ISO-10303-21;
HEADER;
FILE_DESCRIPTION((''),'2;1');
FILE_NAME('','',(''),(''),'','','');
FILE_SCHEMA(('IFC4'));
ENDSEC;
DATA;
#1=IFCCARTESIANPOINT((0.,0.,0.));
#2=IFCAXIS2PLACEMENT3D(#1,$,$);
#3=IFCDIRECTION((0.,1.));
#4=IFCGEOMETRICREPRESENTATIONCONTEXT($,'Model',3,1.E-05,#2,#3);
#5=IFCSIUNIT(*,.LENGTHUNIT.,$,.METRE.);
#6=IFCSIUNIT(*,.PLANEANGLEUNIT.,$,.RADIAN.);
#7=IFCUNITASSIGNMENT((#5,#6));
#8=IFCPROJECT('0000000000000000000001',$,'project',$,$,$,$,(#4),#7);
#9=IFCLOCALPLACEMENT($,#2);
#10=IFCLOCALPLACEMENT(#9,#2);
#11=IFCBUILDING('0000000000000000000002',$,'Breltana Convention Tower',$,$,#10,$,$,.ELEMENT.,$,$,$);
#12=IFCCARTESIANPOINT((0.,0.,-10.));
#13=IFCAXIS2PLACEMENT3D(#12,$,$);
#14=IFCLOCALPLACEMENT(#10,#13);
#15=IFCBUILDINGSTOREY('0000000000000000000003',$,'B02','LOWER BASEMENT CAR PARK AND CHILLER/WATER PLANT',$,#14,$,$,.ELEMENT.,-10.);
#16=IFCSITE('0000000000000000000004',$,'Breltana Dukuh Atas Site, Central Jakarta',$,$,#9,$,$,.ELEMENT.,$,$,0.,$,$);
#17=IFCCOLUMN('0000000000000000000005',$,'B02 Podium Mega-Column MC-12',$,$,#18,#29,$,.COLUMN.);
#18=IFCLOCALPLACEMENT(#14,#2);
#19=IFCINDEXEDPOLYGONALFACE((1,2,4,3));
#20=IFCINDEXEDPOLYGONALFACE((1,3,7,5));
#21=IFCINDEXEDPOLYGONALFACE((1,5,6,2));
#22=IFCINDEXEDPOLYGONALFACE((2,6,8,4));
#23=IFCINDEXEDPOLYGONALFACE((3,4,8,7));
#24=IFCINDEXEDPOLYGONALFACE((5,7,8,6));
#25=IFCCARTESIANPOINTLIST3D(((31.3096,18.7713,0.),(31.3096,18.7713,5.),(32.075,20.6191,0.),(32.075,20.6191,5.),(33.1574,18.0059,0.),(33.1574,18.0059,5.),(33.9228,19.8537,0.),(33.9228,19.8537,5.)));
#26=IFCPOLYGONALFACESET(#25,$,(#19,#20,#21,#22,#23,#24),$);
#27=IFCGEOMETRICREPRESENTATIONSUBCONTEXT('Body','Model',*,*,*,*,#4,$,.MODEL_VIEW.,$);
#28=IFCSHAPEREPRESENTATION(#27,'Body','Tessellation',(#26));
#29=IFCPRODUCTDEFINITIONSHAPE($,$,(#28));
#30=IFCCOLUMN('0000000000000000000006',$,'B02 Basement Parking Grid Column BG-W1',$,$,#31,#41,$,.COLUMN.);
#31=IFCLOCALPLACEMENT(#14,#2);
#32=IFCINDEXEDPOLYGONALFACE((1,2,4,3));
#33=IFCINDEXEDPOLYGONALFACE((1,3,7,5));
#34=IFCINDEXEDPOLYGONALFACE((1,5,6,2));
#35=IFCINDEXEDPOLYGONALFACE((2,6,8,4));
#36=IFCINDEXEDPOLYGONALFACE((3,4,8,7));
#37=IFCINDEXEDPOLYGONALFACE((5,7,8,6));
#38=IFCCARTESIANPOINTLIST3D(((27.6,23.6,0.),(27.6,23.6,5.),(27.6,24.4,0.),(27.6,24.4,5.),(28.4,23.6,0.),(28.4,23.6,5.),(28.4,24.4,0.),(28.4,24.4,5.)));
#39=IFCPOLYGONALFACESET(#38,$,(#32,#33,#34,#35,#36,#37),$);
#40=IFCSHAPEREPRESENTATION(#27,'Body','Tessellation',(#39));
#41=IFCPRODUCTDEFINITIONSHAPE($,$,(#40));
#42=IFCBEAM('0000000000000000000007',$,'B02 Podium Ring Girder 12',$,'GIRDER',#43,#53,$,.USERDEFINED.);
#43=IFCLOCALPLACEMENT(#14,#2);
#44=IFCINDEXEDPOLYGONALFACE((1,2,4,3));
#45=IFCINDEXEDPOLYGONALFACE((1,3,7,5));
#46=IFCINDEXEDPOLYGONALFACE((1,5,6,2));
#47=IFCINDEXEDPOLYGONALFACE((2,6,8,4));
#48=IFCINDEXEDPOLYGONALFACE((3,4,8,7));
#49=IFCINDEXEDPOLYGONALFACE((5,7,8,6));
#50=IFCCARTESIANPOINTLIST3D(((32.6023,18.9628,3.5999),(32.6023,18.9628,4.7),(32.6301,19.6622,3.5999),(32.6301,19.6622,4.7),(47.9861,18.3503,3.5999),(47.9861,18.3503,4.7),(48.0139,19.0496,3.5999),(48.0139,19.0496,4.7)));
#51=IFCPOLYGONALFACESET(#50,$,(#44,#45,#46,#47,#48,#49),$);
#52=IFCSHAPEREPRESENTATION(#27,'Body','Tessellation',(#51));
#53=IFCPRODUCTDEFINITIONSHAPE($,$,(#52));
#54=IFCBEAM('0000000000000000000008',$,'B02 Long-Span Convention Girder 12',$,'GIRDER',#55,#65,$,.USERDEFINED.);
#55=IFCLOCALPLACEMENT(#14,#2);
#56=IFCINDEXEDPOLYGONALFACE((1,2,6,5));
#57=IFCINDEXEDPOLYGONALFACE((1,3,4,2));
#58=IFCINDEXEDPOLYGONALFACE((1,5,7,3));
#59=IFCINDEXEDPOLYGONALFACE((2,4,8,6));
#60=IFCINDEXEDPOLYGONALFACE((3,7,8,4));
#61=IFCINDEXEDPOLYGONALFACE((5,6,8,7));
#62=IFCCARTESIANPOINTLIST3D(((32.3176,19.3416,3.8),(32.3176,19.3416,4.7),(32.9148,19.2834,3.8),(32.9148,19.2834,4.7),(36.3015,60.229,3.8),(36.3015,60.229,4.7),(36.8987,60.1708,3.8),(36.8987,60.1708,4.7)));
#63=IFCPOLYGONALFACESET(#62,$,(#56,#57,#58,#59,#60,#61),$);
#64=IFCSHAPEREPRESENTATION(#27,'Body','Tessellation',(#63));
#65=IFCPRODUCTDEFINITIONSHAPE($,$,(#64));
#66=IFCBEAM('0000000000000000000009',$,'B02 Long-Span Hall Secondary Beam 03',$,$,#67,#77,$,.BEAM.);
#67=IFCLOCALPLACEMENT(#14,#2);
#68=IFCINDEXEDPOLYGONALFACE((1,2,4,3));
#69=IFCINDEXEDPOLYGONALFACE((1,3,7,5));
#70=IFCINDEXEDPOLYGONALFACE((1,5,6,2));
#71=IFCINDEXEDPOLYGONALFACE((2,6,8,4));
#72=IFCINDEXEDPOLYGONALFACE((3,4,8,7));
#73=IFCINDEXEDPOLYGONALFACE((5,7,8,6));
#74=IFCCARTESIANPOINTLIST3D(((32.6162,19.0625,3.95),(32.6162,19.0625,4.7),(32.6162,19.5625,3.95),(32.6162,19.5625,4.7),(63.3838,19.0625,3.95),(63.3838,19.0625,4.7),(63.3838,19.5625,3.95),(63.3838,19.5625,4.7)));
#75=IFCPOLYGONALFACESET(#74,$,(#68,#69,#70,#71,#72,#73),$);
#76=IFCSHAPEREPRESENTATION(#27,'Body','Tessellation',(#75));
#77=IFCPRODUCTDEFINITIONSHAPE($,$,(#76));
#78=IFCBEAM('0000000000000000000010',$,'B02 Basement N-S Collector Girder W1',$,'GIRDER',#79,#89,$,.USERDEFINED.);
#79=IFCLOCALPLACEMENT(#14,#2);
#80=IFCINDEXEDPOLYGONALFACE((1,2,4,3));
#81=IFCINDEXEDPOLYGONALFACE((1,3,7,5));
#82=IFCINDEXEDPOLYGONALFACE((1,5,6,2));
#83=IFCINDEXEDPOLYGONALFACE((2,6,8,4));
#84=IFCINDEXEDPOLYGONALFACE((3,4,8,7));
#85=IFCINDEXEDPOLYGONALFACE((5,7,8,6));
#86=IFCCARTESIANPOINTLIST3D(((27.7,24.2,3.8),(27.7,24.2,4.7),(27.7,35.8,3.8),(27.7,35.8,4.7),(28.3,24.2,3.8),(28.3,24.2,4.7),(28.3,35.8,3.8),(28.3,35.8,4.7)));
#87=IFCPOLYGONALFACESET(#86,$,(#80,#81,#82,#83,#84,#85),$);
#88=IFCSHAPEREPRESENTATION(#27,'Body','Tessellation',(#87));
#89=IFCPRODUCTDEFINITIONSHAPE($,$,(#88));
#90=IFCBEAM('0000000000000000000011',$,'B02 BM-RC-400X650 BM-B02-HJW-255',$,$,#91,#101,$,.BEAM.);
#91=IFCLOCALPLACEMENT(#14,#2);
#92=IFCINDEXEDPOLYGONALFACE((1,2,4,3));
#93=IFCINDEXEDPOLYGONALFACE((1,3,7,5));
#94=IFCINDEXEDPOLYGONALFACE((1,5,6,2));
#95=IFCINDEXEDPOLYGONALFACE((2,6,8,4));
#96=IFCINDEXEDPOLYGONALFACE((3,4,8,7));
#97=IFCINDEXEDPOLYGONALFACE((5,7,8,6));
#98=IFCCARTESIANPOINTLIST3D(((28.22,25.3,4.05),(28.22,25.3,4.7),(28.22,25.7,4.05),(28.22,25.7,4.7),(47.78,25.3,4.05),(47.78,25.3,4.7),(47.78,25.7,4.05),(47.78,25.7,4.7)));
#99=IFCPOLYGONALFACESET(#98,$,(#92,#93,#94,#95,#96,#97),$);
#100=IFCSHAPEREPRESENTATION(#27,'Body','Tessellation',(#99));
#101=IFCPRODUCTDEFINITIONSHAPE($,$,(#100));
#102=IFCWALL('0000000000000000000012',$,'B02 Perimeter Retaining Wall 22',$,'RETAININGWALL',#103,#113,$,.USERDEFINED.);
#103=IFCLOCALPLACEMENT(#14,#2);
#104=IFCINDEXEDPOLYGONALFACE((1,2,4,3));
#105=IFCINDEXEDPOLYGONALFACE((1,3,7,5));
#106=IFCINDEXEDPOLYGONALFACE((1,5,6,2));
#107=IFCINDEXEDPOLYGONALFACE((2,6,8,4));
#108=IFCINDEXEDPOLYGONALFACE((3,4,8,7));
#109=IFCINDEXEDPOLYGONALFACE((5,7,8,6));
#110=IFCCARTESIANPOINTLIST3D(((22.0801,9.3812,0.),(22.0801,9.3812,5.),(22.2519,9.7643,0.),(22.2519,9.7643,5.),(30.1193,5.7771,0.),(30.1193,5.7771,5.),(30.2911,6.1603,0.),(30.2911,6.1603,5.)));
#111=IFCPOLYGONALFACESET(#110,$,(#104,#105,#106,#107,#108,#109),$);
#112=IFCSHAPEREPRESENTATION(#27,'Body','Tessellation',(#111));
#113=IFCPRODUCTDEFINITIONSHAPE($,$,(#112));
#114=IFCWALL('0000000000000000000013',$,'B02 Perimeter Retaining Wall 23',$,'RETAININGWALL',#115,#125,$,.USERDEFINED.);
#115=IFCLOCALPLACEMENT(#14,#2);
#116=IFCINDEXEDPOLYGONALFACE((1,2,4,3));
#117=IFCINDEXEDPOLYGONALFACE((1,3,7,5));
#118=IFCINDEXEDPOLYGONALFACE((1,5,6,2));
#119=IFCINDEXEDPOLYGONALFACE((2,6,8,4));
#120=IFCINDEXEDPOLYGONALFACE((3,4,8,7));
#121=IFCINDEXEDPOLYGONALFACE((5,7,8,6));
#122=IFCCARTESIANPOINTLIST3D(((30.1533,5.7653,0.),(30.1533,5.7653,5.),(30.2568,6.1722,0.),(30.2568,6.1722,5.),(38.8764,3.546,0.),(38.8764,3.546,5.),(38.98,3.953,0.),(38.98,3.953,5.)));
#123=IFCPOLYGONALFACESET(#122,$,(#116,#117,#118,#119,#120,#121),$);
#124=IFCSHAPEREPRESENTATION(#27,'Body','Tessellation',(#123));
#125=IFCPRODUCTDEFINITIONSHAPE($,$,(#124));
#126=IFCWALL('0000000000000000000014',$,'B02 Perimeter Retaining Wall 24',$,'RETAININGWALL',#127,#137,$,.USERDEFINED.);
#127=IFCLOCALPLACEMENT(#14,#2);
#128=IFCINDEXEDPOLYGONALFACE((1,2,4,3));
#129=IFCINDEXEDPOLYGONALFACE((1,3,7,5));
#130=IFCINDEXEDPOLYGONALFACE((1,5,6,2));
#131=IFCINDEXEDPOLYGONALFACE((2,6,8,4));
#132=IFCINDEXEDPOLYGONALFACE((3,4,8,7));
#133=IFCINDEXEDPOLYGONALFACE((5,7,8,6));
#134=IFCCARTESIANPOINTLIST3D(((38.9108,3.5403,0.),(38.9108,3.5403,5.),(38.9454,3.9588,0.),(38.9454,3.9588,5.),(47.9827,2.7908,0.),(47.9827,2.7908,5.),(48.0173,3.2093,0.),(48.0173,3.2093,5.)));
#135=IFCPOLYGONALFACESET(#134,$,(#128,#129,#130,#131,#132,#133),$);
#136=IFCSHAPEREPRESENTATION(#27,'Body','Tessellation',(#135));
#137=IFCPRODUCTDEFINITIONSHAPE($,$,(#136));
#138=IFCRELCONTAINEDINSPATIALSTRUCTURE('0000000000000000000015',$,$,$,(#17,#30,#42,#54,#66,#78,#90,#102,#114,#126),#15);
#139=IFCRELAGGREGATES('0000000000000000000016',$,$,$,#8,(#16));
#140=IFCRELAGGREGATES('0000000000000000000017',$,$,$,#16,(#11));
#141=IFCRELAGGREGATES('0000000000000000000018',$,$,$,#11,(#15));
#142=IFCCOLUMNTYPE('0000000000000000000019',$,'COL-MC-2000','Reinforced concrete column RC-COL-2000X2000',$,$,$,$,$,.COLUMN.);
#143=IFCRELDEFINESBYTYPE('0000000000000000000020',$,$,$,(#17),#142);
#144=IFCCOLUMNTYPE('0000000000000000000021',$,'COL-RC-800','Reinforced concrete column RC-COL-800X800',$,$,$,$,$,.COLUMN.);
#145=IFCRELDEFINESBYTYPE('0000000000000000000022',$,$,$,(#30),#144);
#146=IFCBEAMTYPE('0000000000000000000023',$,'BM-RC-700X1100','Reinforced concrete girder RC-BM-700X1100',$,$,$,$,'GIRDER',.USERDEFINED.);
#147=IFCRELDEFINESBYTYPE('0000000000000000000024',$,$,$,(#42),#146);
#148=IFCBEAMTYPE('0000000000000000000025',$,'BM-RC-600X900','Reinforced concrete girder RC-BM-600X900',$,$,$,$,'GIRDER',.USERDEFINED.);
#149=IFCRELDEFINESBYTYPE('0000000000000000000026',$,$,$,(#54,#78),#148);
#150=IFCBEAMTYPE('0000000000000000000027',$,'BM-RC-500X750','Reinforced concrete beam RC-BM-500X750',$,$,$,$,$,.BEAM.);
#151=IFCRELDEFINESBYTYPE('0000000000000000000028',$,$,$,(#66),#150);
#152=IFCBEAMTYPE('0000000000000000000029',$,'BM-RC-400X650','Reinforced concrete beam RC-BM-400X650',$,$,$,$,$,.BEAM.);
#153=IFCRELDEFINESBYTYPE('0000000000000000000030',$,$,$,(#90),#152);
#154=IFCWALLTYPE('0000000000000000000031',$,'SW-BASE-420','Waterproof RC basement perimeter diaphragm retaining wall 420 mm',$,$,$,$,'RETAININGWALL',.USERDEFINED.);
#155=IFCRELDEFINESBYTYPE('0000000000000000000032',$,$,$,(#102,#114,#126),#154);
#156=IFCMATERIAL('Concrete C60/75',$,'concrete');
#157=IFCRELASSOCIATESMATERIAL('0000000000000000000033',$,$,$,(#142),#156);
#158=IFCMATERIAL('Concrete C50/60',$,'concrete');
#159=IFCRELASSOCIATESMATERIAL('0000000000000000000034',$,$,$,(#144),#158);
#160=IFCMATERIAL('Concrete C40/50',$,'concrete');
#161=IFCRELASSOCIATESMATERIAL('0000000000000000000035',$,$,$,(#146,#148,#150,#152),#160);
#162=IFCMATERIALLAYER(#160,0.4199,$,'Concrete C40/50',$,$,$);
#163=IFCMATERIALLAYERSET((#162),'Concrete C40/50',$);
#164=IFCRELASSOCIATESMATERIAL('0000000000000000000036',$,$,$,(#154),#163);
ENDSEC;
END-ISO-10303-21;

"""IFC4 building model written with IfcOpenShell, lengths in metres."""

from ifc_helpers import new_model, si_unit, direction, frame, frame_2d, origin, origin_2d, place, context, subcontext, project, spatial, rectangle, extrude, source, transform, mapped, material, layer, layer_set, material_profile, profile_set, type_object, type_shapes, element, save


model = new_model("IFC4")

# Units and contexts
model_context = context("Model", 3, precision=1e-05, world=origin(), true_north=direction((0.0, 1.0)))
body_context = subcontext(model_context, "Body", "Model", "MODEL_VIEW")
ifc_project = project(units=[si_unit("LENGTHUNIT", "METRE"), si_unit("PLANEANGLEUNIT", "RADIAN")], contexts=[model_context])

# Site, building, storey
site_placement = place(None, origin())
site = spatial("IfcSite", under=ifc_project, at=site_placement, Name="Breltana Dukuh Atas Site, Central Jakarta", CompositionType="ELEMENT", RefElevation=0.0)
building_placement = place(site_placement, origin())
building = spatial("IfcBuilding", under=site, at=building_placement, Name="Breltana Convention Tower", CompositionType="ELEMENT")
storey_placement = place(building_placement, frame((0.0, 0.0, -10.0)))
storey = spatial("IfcBuildingStorey", under=building, at=storey_placement, Name="B02", Description="LOWER BASEMENT CAR PARK AND CHILLER/WATER PLANT", CompositionType="ELEMENT", Elevation=-10.0)

# Shared definitions
ifc_material_1 = material(Name="Concrete C40/50", Category="concrete")

# Columns
ifc_material_2 = material(Name="Concrete C60/75", Category="concrete")
ifc_material_profile_1 = material_profile(ifc_material_2, rectangle(XDim=2.0, YDim=2.0, at=origin_2d()), Name="RC-COL-2000X2000")
ifc_profile_set_1 = profile_set([ifc_material_profile_1], Name="Concrete C60/75")
column_type_1 = type_object("IfcColumnType", Name="COL-MC-2000", Description="Reinforced concrete column RC-COL-2000X2000", PredefinedType="COLUMN", material=ifc_profile_set_1)
shared_shape_1 = source(origin(), body_context, "Body", "SweptSolid", [
    extrude(rectangle(XDim=2.0, YDim=2.0, at=origin_2d()), origin(), (0.0, 0.0, 1.0), 5.0),
])
type_shapes(column_type_1, [shared_shape_1])
column_1_placement = place(storey_placement, frame((32.6162, 19.3125, 0.0), z_axis=(0.0, 0.0, 1.0), x_axis=(-0.382683, -0.92388, 0.0)))
element("IfcColumn", 1, at=column_1_placement, inside=storey, type_object=column_type_1, Name="B02 Podium Mega-Column MC-12", PredefinedType="COLUMN", context=body_context, shape_type="MappedRepresentation", body=[
    mapped(shared_shape_1, transform((0.0, 0.0, 0.0), scale=1.0)),
])
ifc_material_3 = material(Name="Concrete C50/60", Category="concrete")
ifc_material_profile_2 = material_profile(ifc_material_3, rectangle(XDim=0.8, YDim=0.8, at=origin_2d()), Name="RC-COL-800X800")
ifc_profile_set_2 = profile_set([ifc_material_profile_2], Name="Concrete C50/60")
column_type_2 = type_object("IfcColumnType", Name="COL-RC-800", Description="Reinforced concrete column RC-COL-800X800", PredefinedType="COLUMN", material=ifc_profile_set_2)
shared_shape_2 = source(origin(), body_context, "Body", "SweptSolid", [
    extrude(rectangle(XDim=0.8, YDim=0.8, at=origin_2d()), origin(), (0.0, 0.0, 1.0), 5.0),
])
type_shapes(column_type_2, [shared_shape_2])
column_2_placement = place(storey_placement, frame((28.0, 24.0, 0.0), z_axis=(0.0, 0.0, 1.0), x_axis=(1.0, 0.0, 0.0)))
element("IfcColumn", 2, at=column_2_placement, inside=storey, type_object=column_type_2, Name="B02 Basement Parking Grid Column BG-W1", PredefinedType="COLUMN", context=body_context, shape_type="MappedRepresentation", body=[
    mapped(shared_shape_2, transform((0.0, 0.0, 0.0), scale=1.0)),
])

# Beams
ifc_material_profile_3 = material_profile(ifc_material_1, rectangle(XDim=0.7, YDim=1.1001, at=origin_2d()), Name="RC-BM-700X1100")
ifc_profile_set_3 = profile_set([ifc_material_profile_3], Name="Concrete C40/50")
beam_type_1 = type_object("IfcBeamType", Name="BM-RC-700X1100", Description="Reinforced concrete girder RC-BM-700X1100", ElementType="GIRDER", PredefinedType="USERDEFINED", material=ifc_profile_set_3)
shared_shape_3 = source(origin(), body_context, "Body", "SweptSolid", [
    extrude(rectangle(XDim=0.7, YDim=1.1001, at=origin_2d()), origin(), (0.0, 0.0, 1.0), 15.396),
])
beam_1_placement = place(storey_placement, frame((32.6162, 19.3125, 4.1499), z_axis=(0.999208, -0.039786, 0.0), x_axis=(0.039786, 0.999208, 0.0)))
element("IfcBeam", 3, at=beam_1_placement, inside=storey, type_object=beam_type_1, Name="B02 Podium Ring Girder 12", ObjectType="GIRDER", PredefinedType="USERDEFINED", context=body_context, shape_type="MappedRepresentation", body=[
    mapped(shared_shape_3, transform((0.0, 0.0, 0.0), scale=1.0)),
])
ifc_material_profile_4 = material_profile(ifc_material_1, rectangle(XDim=0.6001, YDim=0.8999, at=origin_2d()), Name="RC-BM-600X900")
ifc_profile_set_4 = profile_set([ifc_material_profile_4], Name="Concrete C40/50")
beam_type_2 = type_object("IfcBeamType", Name="BM-RC-600X900", Description="Reinforced concrete girder RC-BM-600X900", ElementType="GIRDER", PredefinedType="USERDEFINED", material=ifc_profile_set_4)
shared_shape_4 = source(origin(), body_context, "Body", "SweptSolid", [
    extrude(rectangle(XDim=0.6001, YDim=0.8999, at=origin_2d()), origin(), (0.0, 0.0, 1.0), 41.0811),
])
beam_2_placement = place(storey_placement, frame((32.6162, 19.3125, 4.25), z_axis=(0.096976, 0.995287, 0.0), x_axis=(-0.995287, 0.096976, 0.0)))
element("IfcBeam", 4, at=beam_2_placement, inside=storey, type_object=beam_type_2, Name="B02 Long-Span Convention Girder 12", ObjectType="GIRDER", PredefinedType="USERDEFINED", context=body_context, shape_type="MappedRepresentation", body=[
    mapped(shared_shape_4, transform((0.0, 0.0, 0.0), scale=1.0)),
])
ifc_material_profile_5 = material_profile(ifc_material_1, rectangle(XDim=0.5, YDim=0.75, at=origin_2d()), Name="RC-BM-500X750")
ifc_profile_set_5 = profile_set([ifc_material_profile_5], Name="Concrete C40/50")
beam_type_3 = type_object("IfcBeamType", Name="BM-RC-500X750", Description="Reinforced concrete beam RC-BM-500X750", PredefinedType="BEAM", material=ifc_profile_set_5)
shared_shape_5 = source(origin(), body_context, "Body", "SweptSolid", [
    extrude(rectangle(XDim=0.5, YDim=0.75, at=origin_2d()), origin(), (0.0, 0.0, 1.0), 30.7676),
])
beam_3_placement = place(storey_placement, frame((32.6162, 19.3125, 4.325), z_axis=(1.0, 0.0, 0.0), x_axis=(0.0, 1.0, 0.0)))
element("IfcBeam", 5, at=beam_3_placement, inside=storey, type_object=beam_type_3, Name="B02 Long-Span Hall Secondary Beam 03", PredefinedType="BEAM", context=body_context, shape_type="MappedRepresentation", body=[
    mapped(shared_shape_5, transform((0.0, 0.0, 0.0), scale=1.0)),
])
shared_shape_6 = source(origin(), body_context, "Body", "SweptSolid", [
    extrude(rectangle(XDim=0.6001, YDim=0.8999, at=origin_2d()), origin(), (0.0, 0.0, 1.0), 11.6001),
])
beam_4_placement = place(storey_placement, frame((28.0, 24.2, 4.25), z_axis=(0.0, 1.0, 0.0), x_axis=(-1.0, 0.0, 0.0)))
element("IfcBeam", 6, at=beam_4_placement, inside=storey, type_object=beam_type_2, Name="B02 Basement N-S Collector Girder W1", ObjectType="GIRDER", PredefinedType="USERDEFINED", context=body_context, shape_type="MappedRepresentation", body=[
    mapped(shared_shape_6, transform((0.0, 0.0, 0.0), scale=1.0)),
])
ifc_material_profile_6 = material_profile(ifc_material_1, rectangle(XDim=0.3999, YDim=0.6499, at=origin_2d()), Name="RC-BM-400X650")
ifc_profile_set_6 = profile_set([ifc_material_profile_6], Name="Concrete C40/50")
beam_type_4 = type_object("IfcBeamType", Name="BM-RC-400X650", Description="Reinforced concrete beam RC-BM-400X650", PredefinedType="BEAM", material=ifc_profile_set_6)
shared_shape_7 = source(origin(), body_context, "Body", "SweptSolid", [
    extrude(rectangle(XDim=0.3999, YDim=0.6499, at=origin_2d()), origin(), (0.0, 0.0, 1.0), 19.5601),
])
type_shapes(beam_type_4, [shared_shape_7])
beam_5_placement = place(storey_placement, frame((28.22, 25.5, 4.375), z_axis=(1.0, 0.0, 0.0), x_axis=(0.0, 1.0, 0.0)))
element("IfcBeam", 7, at=beam_5_placement, inside=storey, type_object=beam_type_4, Name="B02 BM-RC-400X650 BM-B02-HJW-255", PredefinedType="BEAM", context=body_context, shape_type="MappedRepresentation", body=[
    mapped(shared_shape_7, transform((0.0, 0.0, 0.0), scale=1.0)),
])

# Walls
ifc_layer = layer(ifc_material_1, 0.4199, Name="Concrete C40/50")
ifc_layer_set = layer_set([ifc_layer], Name="Concrete C40/50")
wall_type = type_object("IfcWallType", Name="SW-BASE-420", Description="Waterproof RC basement perimeter diaphragm retaining wall 420 mm", ElementType="RETAININGWALL", PredefinedType="USERDEFINED", material=ifc_layer_set)
shared_shape_8 = source(origin(), body_context, "Body", "SweptSolid", [
    extrude(rectangle(XDim=8.8101, YDim=0.4199, at=frame_2d((4.405, 0.0))), origin(), (0.0, 0.0, 1.0), 5.0),
])
wall_1_placement = place(storey_placement, frame((22.166, 9.5728, 0.0), z_axis=(0.0, 0.0, 1.0), x_axis=(0.912497, -0.409083, 0.0)))
element("IfcWall", 8, at=wall_1_placement, inside=storey, type_object=wall_type, Name="B02 Perimeter Retaining Wall 22", ObjectType="RETAININGWALL", PredefinedType="USERDEFINED", context=body_context, shape_type="MappedRepresentation", body=[
    mapped(shared_shape_8, transform((0.0, 0.0, 0.0), scale=1.0)),
])
shared_shape_9 = source(origin(), body_context, "Body", "SweptSolid", [
    extrude(rectangle(XDim=9.001, YDim=0.4199, at=frame_2d((4.5005, 0.0))), origin(), (0.0, 0.0, 1.0), 5.0),
])
wall_2_placement = place(storey_placement, frame((30.2051, 5.9688, 0.0), z_axis=(0.0, 0.0, 1.0), x_axis=(0.969129, -0.246554, 0.0)))
element("IfcWall", 9, at=wall_2_placement, inside=storey, type_object=wall_type, Name="B02 Perimeter Retaining Wall 23", ObjectType="RETAININGWALL", PredefinedType="USERDEFINED", context=body_context, shape_type="MappedRepresentation", body=[
    mapped(shared_shape_9, transform((0.0, 0.0, 0.0), scale=1.0)),
])
shared_shape_10 = source(origin(), body_context, "Body", "SweptSolid", [
    extrude(rectangle(XDim=9.1028, YDim=0.4199, at=frame_2d((4.5513, 0.0))), origin(), (0.0, 0.0, 1.0), 5.0),
])
wall_3_placement = place(storey_placement, frame((38.9282, 3.7495, 0.0), z_axis=(0.0, 0.0, 1.0), x_axis=(0.996604, -0.08234, 0.0)))
element("IfcWall", 10, at=wall_3_placement, inside=storey, type_object=wall_type, Name="B02 Perimeter Retaining Wall 24", ObjectType="RETAININGWALL", PredefinedType="USERDEFINED", context=body_context, shape_type="MappedRepresentation", body=[
    mapped(shared_shape_10, transform((0.0, 0.0, 0.0), scale=1.0)),
])

save(model, "model.ifc")
